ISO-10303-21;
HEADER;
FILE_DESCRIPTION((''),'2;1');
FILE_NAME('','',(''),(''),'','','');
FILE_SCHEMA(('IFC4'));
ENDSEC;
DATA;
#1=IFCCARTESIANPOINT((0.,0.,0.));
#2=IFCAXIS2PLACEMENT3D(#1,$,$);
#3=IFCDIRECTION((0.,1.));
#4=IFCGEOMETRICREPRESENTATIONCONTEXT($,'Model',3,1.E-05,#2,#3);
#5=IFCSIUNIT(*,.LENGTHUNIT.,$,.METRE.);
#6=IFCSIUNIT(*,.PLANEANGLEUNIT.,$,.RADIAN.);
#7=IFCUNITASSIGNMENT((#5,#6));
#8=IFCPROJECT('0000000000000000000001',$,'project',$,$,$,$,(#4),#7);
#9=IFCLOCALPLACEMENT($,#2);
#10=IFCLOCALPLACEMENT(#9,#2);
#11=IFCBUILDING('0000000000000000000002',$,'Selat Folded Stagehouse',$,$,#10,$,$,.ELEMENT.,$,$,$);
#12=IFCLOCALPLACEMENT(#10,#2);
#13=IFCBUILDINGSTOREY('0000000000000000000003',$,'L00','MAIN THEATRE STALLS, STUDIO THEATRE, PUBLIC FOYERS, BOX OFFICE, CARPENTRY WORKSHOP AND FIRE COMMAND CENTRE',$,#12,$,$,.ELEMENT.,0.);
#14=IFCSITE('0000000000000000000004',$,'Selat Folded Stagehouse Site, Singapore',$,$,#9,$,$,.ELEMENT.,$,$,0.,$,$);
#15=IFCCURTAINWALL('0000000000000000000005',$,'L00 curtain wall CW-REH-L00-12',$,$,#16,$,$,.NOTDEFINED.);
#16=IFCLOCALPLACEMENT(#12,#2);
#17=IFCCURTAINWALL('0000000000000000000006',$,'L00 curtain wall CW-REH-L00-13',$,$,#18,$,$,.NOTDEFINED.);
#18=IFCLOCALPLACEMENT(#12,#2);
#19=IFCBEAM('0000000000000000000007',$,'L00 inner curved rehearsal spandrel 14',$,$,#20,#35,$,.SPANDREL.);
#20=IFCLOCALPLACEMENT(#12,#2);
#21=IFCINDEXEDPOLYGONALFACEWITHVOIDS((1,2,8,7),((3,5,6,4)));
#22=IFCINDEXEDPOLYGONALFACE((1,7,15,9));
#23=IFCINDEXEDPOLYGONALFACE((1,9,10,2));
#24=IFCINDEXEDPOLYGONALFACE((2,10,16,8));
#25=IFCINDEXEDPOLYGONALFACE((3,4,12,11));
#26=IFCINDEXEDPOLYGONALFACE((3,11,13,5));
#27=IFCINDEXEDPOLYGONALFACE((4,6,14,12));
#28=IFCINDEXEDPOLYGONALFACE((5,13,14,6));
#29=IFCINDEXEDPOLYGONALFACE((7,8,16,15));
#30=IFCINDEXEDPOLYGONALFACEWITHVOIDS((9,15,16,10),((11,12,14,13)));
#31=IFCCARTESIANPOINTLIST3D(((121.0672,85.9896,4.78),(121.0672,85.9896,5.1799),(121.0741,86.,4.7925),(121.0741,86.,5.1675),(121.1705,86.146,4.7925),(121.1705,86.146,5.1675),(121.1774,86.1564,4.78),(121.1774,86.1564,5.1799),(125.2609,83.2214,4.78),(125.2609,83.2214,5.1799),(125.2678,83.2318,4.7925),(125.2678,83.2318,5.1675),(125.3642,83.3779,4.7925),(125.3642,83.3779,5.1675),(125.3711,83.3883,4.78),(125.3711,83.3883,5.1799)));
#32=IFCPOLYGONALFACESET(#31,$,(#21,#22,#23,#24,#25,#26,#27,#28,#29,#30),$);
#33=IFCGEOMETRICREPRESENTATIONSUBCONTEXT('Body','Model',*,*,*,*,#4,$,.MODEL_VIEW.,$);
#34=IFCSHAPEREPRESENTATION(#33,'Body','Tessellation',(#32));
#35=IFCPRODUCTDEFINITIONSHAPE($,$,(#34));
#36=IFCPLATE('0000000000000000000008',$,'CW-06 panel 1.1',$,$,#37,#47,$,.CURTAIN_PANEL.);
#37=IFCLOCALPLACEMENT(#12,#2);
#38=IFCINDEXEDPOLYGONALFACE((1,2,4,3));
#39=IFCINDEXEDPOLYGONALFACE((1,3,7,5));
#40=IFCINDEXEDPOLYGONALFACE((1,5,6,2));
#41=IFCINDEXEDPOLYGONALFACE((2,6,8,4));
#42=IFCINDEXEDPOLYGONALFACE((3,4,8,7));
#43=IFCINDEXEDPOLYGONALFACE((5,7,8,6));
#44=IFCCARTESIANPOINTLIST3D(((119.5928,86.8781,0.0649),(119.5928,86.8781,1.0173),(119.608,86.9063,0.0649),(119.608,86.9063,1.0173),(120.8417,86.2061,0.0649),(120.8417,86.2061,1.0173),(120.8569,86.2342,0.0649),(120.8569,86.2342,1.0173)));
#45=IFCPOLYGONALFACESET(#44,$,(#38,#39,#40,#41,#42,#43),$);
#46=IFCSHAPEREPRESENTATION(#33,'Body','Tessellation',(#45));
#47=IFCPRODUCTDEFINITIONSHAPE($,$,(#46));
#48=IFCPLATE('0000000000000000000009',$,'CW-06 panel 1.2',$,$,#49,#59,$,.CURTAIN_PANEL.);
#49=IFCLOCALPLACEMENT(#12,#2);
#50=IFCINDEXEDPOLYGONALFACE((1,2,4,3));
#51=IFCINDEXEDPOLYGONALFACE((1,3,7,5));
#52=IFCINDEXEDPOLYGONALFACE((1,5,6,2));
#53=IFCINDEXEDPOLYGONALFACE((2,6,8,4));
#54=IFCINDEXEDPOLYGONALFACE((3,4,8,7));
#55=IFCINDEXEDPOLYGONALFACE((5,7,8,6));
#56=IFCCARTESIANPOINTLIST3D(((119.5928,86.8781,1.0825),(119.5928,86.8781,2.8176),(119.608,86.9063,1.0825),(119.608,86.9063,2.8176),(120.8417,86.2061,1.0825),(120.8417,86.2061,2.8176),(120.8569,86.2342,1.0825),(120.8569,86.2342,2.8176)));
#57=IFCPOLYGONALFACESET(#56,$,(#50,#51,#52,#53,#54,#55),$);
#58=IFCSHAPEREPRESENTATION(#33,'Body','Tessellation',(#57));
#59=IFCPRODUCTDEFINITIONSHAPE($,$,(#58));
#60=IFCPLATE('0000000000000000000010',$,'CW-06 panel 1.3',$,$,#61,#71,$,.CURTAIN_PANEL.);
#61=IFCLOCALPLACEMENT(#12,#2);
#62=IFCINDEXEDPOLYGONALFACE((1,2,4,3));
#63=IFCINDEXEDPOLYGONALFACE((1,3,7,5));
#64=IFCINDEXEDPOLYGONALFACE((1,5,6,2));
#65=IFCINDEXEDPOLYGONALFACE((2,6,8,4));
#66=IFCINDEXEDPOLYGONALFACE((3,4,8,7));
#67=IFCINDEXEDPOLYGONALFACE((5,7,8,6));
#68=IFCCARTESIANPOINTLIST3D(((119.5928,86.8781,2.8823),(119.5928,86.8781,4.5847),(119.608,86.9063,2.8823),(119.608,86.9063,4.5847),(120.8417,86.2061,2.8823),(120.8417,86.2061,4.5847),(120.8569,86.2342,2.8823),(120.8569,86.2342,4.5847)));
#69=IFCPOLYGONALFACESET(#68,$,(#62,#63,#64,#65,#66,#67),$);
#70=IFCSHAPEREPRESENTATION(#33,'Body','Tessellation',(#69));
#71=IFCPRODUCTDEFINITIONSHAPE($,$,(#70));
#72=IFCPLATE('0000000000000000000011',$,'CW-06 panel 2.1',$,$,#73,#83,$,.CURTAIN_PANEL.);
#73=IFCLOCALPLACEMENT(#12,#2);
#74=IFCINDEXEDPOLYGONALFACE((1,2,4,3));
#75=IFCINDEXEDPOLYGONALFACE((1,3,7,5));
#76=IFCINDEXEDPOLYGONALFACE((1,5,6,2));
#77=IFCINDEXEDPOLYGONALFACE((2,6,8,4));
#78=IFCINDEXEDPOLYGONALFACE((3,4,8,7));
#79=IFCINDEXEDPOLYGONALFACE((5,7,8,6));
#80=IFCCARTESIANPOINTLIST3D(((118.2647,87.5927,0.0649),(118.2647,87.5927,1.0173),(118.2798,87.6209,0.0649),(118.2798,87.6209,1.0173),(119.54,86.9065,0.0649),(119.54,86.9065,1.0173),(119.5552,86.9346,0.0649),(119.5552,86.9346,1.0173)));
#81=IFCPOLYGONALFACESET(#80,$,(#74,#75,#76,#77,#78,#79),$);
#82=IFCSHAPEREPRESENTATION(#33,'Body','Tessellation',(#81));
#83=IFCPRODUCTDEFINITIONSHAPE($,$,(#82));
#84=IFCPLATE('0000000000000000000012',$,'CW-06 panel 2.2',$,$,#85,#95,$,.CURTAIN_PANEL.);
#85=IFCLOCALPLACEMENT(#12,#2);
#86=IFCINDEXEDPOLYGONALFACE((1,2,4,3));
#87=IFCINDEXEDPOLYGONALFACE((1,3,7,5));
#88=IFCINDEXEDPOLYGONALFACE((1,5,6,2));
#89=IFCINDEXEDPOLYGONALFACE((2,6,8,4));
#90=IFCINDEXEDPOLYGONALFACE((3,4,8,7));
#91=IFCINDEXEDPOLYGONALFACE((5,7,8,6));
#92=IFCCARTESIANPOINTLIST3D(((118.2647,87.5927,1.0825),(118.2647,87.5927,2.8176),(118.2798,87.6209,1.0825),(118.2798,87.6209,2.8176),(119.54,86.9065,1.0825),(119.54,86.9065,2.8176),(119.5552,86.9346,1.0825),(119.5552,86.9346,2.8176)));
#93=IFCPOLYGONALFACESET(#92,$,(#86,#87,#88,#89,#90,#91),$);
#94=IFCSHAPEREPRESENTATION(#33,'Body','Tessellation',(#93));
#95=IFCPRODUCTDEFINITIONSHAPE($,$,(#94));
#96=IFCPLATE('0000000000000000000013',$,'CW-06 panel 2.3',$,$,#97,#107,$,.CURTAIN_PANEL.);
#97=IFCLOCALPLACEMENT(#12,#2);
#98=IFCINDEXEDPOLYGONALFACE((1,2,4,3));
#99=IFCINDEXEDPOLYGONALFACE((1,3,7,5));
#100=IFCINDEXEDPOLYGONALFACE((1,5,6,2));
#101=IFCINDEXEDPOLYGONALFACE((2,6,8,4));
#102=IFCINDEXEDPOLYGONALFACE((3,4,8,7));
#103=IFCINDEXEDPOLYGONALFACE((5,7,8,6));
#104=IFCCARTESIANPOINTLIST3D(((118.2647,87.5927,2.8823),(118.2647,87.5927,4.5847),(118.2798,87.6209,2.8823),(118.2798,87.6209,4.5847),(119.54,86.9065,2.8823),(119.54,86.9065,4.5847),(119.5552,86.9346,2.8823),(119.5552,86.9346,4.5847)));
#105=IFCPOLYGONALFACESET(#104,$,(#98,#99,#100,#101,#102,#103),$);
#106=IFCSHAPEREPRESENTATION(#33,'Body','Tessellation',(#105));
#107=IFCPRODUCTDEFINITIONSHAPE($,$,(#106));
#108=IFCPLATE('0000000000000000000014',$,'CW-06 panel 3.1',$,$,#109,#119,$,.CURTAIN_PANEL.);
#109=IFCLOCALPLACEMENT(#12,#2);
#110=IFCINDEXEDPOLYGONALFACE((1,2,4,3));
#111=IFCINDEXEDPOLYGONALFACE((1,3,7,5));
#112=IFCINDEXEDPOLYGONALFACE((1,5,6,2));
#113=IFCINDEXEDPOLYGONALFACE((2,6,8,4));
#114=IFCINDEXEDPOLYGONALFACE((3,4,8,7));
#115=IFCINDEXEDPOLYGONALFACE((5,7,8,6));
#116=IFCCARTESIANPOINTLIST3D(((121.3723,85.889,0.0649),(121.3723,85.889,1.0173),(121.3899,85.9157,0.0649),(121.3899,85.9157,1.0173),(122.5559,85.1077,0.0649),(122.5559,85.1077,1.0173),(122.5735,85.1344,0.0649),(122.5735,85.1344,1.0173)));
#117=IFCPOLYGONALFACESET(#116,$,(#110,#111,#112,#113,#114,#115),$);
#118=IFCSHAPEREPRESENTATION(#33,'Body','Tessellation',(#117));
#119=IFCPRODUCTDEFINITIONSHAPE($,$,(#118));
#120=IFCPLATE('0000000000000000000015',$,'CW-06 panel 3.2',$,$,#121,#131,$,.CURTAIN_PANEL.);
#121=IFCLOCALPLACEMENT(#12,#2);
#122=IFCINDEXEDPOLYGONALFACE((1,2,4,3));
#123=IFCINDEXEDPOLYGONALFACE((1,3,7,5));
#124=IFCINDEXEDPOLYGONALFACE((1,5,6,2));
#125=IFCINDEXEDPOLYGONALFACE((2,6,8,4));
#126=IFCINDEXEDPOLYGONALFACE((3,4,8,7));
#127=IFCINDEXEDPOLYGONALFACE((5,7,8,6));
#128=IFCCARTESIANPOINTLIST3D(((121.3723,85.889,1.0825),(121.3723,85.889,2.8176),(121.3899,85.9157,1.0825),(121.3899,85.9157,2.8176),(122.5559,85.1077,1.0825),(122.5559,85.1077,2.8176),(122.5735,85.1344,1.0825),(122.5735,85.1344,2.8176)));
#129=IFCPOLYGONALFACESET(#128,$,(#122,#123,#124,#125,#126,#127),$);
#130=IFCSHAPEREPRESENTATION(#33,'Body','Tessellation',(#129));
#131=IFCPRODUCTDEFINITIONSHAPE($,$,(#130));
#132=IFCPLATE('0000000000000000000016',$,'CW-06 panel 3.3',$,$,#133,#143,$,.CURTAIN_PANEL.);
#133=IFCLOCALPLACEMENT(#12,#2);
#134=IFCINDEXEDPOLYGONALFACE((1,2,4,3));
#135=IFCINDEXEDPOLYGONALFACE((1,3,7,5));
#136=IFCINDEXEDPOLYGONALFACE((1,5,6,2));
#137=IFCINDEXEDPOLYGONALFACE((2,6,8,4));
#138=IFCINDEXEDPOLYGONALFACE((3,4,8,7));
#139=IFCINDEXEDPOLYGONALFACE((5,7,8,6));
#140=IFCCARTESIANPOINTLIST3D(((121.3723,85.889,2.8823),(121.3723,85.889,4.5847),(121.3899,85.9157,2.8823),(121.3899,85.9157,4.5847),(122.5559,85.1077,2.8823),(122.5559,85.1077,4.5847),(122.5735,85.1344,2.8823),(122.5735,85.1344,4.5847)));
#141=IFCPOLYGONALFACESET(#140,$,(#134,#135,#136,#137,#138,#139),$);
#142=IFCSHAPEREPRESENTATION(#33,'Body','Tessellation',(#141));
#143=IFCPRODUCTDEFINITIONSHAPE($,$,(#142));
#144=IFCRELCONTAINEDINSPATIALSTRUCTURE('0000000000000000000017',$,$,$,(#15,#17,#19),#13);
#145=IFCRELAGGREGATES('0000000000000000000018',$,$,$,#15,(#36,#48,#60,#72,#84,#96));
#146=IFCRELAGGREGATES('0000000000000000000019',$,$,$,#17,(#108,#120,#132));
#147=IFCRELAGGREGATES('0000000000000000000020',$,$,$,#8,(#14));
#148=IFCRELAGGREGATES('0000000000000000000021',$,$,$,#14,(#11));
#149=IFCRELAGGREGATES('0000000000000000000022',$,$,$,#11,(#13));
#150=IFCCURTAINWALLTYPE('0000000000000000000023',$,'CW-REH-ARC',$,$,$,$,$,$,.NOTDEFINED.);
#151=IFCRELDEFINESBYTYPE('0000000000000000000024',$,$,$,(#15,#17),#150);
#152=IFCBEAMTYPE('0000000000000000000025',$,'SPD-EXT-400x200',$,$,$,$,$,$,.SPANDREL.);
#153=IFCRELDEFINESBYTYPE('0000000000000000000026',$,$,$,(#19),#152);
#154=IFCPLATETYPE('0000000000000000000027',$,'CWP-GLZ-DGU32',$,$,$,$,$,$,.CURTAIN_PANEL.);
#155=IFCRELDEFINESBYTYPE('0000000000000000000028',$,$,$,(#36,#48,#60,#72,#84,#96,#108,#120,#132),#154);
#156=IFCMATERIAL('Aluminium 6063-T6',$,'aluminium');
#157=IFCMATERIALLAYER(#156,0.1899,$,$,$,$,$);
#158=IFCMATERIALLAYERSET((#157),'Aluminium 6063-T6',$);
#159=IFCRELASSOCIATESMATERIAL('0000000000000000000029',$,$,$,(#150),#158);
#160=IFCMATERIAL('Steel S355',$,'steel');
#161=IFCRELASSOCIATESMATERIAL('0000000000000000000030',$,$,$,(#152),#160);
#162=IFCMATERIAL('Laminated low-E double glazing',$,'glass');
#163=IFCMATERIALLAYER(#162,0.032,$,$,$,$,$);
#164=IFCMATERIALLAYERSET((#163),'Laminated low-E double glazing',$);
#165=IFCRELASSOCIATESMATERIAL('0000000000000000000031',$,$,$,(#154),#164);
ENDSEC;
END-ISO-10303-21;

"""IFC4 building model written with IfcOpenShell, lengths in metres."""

from ifc_helpers import new_model, si_unit, direction, frame, origin, origin_2d, place, context, subcontext, project, spatial, rectangle, hollow_rectangle, extrude, material, layer, layer_set, material_profile, profile_set, type_object, element, aggregate, save


model = new_model("IFC4")

# Units and contexts
model_context = context("Model", 3, precision=1e-05, world=origin(), true_north=direction((0.0, 1.0)))
body_context = subcontext(model_context, "Body", "Model", "MODEL_VIEW")
ifc_project = project(units=[si_unit("LENGTHUNIT", "METRE"), si_unit("PLANEANGLEUNIT", "RADIAN")], contexts=[model_context])

# Site, building, storey
site_placement = place(None, origin())
site = spatial("IfcSite", under=ifc_project, at=site_placement, Name="Selat Folded Stagehouse Site, Singapore", CompositionType="ELEMENT", RefElevation=0.0)
building_placement = place(site_placement, origin())
building = spatial("IfcBuilding", under=site, at=building_placement, Name="Selat Folded Stagehouse", CompositionType="ELEMENT")
storey_placement = place(building_placement, origin())
storey = spatial("IfcBuildingStorey", under=building, at=storey_placement, Name="L00", Description="MAIN THEATRE STALLS, STUDIO THEATRE, PUBLIC FOYERS, BOX OFFICE, CARPENTRY WORKSHOP AND FIRE COMMAND CENTRE", CompositionType="ELEMENT", Elevation=0.0)

# Shared definitions
ifc_material_1 = material(Name="Steel S355", Category="steel")

# Curtain walls
ifc_material_2 = material(Name="Aluminium 6063-T6", Category="aluminium")
ifc_layer_1 = layer(ifc_material_2, 0.1899)
ifc_layer_set_1 = layer_set([ifc_layer_1], Name="Aluminium 6063-T6")
curtain_wall_type = type_object("IfcCurtainWallType", Name="CW-REH-ARC", PredefinedType="NOTDEFINED", material=ifc_layer_set_1)
curtain_wall_1_placement = place(storey_placement, origin())
curtain_wall_1 = element("IfcCurtainWall", 1, at=curtain_wall_1_placement, inside=storey, type_object=curtain_wall_type, Name="L00 curtain wall CW-REH-L00-12", PredefinedType="NOTDEFINED")
curtain_wall_2_placement = place(storey_placement, origin())
curtain_wall_2 = element("IfcCurtainWall", 2, at=curtain_wall_2_placement, inside=storey, type_object=curtain_wall_type, Name="L00 curtain wall CW-REH-L00-13", PredefinedType="NOTDEFINED")

# Beam
ifc_material_profile_1 = material_profile(ifc_material_1, hollow_rectangle(XDim=0.2, YDim=0.3999, WallThickness=0.0125, at=origin_2d()), Name="RHS 400x200x12.5")
ifc_profile_set_1 = profile_set([ifc_material_profile_1], Name="Steel S355")
beam_type_1 = type_object("IfcBeamType", Name="SPD-EXT-400x200", PredefinedType="SPANDREL", material=ifc_profile_set_1)
beam_1_placement = place(storey_placement, frame((121.1223, 86.073, 4.98), z_axis=(0.834583, -0.550882, 0.0), x_axis=(0.550882, 0.834583, 0.0)))
element("IfcBeam", 3, at=beam_1_placement, inside=storey, type_object=beam_type_1, Name="L00 inner curved rehearsal spandrel 14", PredefinedType="SPANDREL", context=body_context, shape_type="SweptSolid", body=[
    extrude(hollow_rectangle(XDim=0.2, YDim=0.3999, WallThickness=0.0125, at=origin_2d()), origin(), (0.0, 0.0, 1.0), 5.0249),
])

# Plates
ifc_material_3 = material(Name="Laminated low-E double glazing", Category="glass")
ifc_layer_2 = layer(ifc_material_3, 0.032)
ifc_layer_set_2 = layer_set([ifc_layer_2], Name="Laminated low-E double glazing")
plate_type = type_object("IfcPlateType", Name="CWP-GLZ-DGU32", PredefinedType="CURTAIN_PANEL", material=ifc_layer_set_2)
plate_1_placement = place(storey_placement, frame((120.2249, 86.5562, 0.0649), z_axis=(0.0, 0.0, 1.0), x_axis=(-0.880601, 0.473859, 0.0)))
plate_1 = element("IfcPlate", 4, at=plate_1_placement, type_object=plate_type, Name="CW-06 panel 1.1", PredefinedType="CURTAIN_PANEL", context=body_context, shape_type="SweptSolid", body=[
    extrude(rectangle(XDim=1.4182, YDim=0.032, at=origin_2d()), origin(), (0.0, 0.0, 1.0), 0.9524),
])
plate_2_placement = place(storey_placement, frame((120.2249, 86.5562, 1.0825), z_axis=(0.0, 0.0, 1.0), x_axis=(-0.880601, 0.473859, 0.0)))
plate_2 = element("IfcPlate", 5, at=plate_2_placement, type_object=plate_type, Name="CW-06 panel 1.2", PredefinedType="CURTAIN_PANEL", context=body_context, shape_type="SweptSolid", body=[
    extrude(rectangle(XDim=1.4182, YDim=0.032, at=origin_2d()), origin(), (0.0, 0.0, 1.0), 1.7351),
])
plate_3_placement = place(storey_placement, frame((120.2249, 86.5562, 2.8823), z_axis=(0.0, 0.0, 1.0), x_axis=(-0.880601, 0.473859, 0.0)))
plate_3 = element("IfcPlate", 6, at=plate_3_placement, type_object=plate_type, Name="CW-06 panel 1.3", PredefinedType="CURTAIN_PANEL", context=body_context, shape_type="SweptSolid", body=[
    extrude(rectangle(XDim=1.4182, YDim=0.032, at=origin_2d()), origin(), (0.0, 0.0, 1.0), 1.7024),
])
plate_4_placement = place(storey_placement, frame((118.9099, 87.2637, 0.0649), z_axis=(0.0, 0.0, 1.0), x_axis=(-0.880601, 0.473859, 0.0)))
plate_4 = element("IfcPlate", 7, at=plate_4_placement, type_object=plate_type, Name="CW-06 panel 2.1", PredefinedType="CURTAIN_PANEL", context=body_context, shape_type="SweptSolid", body=[
    extrude(rectangle(XDim=1.4482, YDim=0.032, at=origin_2d()), origin(), (0.0, 0.0, 1.0), 0.9524),
])
plate_5_placement = place(storey_placement, frame((118.9099, 87.2637, 1.0825), z_axis=(0.0, 0.0, 1.0), x_axis=(-0.880601, 0.473859, 0.0)))
plate_5 = element("IfcPlate", 8, at=plate_5_placement, type_object=plate_type, Name="CW-06 panel 2.2", PredefinedType="CURTAIN_PANEL", context=body_context, shape_type="SweptSolid", body=[
    extrude(rectangle(XDim=1.4482, YDim=0.032, at=origin_2d()), origin(), (0.0, 0.0, 1.0), 1.7351),
])
plate_6_placement = place(storey_placement, frame((118.9099, 87.2637, 2.8823), z_axis=(0.0, 0.0, 1.0), x_axis=(-0.880601, 0.473859, 0.0)))
plate_6 = element("IfcPlate", 9, at=plate_6_placement, type_object=plate_type, Name="CW-06 panel 2.3", PredefinedType="CURTAIN_PANEL", context=body_context, shape_type="SweptSolid", body=[
    extrude(rectangle(XDim=1.4482, YDim=0.032, at=origin_2d()), origin(), (0.0, 0.0, 1.0), 1.7024),
])
aggregate(curtain_wall_1, [plate_1, plate_2, plate_3, plate_4, plate_5, plate_6])
plate_7_placement = place(storey_placement, frame((121.9729, 85.5117, 0.0649), z_axis=(0.0, 0.0, 1.0), x_axis=(-0.834581, 0.550885, 0.0)))
plate_7 = element("IfcPlate", 10, at=plate_7_placement, type_object=plate_type, Name="CW-06 panel 3.1", PredefinedType="CURTAIN_PANEL", context=body_context, shape_type="SweptSolid", body=[
    extrude(rectangle(XDim=1.4182, YDim=0.032, at=origin_2d()), origin(), (0.0, 0.0, 1.0), 0.9524),
])
plate_8_placement = place(storey_placement, frame((121.9729, 85.5117, 1.0825), z_axis=(0.0, 0.0, 1.0), x_axis=(-0.834581, 0.550885, 0.0)))
plate_8 = element("IfcPlate", 11, at=plate_8_placement, type_object=plate_type, Name="CW-06 panel 3.2", PredefinedType="CURTAIN_PANEL", context=body_context, shape_type="SweptSolid", body=[
    extrude(rectangle(XDim=1.4182, YDim=0.032, at=origin_2d()), origin(), (0.0, 0.0, 1.0), 1.7351),
])
plate_9_placement = place(storey_placement, frame((121.9729, 85.5117, 2.8823), z_axis=(0.0, 0.0, 1.0), x_axis=(-0.834581, 0.550885, 0.0)))
plate_9 = element("IfcPlate", 12, at=plate_9_placement, type_object=plate_type, Name="CW-06 panel 3.3", PredefinedType="CURTAIN_PANEL", context=body_context, shape_type="SweptSolid", body=[
    extrude(rectangle(XDim=1.4182, YDim=0.032, at=origin_2d()), origin(), (0.0, 0.0, 1.0), 1.7024),
])
aggregate(curtain_wall_2, [plate_7, plate_8, plate_9])

save(model, "model.ifc")
